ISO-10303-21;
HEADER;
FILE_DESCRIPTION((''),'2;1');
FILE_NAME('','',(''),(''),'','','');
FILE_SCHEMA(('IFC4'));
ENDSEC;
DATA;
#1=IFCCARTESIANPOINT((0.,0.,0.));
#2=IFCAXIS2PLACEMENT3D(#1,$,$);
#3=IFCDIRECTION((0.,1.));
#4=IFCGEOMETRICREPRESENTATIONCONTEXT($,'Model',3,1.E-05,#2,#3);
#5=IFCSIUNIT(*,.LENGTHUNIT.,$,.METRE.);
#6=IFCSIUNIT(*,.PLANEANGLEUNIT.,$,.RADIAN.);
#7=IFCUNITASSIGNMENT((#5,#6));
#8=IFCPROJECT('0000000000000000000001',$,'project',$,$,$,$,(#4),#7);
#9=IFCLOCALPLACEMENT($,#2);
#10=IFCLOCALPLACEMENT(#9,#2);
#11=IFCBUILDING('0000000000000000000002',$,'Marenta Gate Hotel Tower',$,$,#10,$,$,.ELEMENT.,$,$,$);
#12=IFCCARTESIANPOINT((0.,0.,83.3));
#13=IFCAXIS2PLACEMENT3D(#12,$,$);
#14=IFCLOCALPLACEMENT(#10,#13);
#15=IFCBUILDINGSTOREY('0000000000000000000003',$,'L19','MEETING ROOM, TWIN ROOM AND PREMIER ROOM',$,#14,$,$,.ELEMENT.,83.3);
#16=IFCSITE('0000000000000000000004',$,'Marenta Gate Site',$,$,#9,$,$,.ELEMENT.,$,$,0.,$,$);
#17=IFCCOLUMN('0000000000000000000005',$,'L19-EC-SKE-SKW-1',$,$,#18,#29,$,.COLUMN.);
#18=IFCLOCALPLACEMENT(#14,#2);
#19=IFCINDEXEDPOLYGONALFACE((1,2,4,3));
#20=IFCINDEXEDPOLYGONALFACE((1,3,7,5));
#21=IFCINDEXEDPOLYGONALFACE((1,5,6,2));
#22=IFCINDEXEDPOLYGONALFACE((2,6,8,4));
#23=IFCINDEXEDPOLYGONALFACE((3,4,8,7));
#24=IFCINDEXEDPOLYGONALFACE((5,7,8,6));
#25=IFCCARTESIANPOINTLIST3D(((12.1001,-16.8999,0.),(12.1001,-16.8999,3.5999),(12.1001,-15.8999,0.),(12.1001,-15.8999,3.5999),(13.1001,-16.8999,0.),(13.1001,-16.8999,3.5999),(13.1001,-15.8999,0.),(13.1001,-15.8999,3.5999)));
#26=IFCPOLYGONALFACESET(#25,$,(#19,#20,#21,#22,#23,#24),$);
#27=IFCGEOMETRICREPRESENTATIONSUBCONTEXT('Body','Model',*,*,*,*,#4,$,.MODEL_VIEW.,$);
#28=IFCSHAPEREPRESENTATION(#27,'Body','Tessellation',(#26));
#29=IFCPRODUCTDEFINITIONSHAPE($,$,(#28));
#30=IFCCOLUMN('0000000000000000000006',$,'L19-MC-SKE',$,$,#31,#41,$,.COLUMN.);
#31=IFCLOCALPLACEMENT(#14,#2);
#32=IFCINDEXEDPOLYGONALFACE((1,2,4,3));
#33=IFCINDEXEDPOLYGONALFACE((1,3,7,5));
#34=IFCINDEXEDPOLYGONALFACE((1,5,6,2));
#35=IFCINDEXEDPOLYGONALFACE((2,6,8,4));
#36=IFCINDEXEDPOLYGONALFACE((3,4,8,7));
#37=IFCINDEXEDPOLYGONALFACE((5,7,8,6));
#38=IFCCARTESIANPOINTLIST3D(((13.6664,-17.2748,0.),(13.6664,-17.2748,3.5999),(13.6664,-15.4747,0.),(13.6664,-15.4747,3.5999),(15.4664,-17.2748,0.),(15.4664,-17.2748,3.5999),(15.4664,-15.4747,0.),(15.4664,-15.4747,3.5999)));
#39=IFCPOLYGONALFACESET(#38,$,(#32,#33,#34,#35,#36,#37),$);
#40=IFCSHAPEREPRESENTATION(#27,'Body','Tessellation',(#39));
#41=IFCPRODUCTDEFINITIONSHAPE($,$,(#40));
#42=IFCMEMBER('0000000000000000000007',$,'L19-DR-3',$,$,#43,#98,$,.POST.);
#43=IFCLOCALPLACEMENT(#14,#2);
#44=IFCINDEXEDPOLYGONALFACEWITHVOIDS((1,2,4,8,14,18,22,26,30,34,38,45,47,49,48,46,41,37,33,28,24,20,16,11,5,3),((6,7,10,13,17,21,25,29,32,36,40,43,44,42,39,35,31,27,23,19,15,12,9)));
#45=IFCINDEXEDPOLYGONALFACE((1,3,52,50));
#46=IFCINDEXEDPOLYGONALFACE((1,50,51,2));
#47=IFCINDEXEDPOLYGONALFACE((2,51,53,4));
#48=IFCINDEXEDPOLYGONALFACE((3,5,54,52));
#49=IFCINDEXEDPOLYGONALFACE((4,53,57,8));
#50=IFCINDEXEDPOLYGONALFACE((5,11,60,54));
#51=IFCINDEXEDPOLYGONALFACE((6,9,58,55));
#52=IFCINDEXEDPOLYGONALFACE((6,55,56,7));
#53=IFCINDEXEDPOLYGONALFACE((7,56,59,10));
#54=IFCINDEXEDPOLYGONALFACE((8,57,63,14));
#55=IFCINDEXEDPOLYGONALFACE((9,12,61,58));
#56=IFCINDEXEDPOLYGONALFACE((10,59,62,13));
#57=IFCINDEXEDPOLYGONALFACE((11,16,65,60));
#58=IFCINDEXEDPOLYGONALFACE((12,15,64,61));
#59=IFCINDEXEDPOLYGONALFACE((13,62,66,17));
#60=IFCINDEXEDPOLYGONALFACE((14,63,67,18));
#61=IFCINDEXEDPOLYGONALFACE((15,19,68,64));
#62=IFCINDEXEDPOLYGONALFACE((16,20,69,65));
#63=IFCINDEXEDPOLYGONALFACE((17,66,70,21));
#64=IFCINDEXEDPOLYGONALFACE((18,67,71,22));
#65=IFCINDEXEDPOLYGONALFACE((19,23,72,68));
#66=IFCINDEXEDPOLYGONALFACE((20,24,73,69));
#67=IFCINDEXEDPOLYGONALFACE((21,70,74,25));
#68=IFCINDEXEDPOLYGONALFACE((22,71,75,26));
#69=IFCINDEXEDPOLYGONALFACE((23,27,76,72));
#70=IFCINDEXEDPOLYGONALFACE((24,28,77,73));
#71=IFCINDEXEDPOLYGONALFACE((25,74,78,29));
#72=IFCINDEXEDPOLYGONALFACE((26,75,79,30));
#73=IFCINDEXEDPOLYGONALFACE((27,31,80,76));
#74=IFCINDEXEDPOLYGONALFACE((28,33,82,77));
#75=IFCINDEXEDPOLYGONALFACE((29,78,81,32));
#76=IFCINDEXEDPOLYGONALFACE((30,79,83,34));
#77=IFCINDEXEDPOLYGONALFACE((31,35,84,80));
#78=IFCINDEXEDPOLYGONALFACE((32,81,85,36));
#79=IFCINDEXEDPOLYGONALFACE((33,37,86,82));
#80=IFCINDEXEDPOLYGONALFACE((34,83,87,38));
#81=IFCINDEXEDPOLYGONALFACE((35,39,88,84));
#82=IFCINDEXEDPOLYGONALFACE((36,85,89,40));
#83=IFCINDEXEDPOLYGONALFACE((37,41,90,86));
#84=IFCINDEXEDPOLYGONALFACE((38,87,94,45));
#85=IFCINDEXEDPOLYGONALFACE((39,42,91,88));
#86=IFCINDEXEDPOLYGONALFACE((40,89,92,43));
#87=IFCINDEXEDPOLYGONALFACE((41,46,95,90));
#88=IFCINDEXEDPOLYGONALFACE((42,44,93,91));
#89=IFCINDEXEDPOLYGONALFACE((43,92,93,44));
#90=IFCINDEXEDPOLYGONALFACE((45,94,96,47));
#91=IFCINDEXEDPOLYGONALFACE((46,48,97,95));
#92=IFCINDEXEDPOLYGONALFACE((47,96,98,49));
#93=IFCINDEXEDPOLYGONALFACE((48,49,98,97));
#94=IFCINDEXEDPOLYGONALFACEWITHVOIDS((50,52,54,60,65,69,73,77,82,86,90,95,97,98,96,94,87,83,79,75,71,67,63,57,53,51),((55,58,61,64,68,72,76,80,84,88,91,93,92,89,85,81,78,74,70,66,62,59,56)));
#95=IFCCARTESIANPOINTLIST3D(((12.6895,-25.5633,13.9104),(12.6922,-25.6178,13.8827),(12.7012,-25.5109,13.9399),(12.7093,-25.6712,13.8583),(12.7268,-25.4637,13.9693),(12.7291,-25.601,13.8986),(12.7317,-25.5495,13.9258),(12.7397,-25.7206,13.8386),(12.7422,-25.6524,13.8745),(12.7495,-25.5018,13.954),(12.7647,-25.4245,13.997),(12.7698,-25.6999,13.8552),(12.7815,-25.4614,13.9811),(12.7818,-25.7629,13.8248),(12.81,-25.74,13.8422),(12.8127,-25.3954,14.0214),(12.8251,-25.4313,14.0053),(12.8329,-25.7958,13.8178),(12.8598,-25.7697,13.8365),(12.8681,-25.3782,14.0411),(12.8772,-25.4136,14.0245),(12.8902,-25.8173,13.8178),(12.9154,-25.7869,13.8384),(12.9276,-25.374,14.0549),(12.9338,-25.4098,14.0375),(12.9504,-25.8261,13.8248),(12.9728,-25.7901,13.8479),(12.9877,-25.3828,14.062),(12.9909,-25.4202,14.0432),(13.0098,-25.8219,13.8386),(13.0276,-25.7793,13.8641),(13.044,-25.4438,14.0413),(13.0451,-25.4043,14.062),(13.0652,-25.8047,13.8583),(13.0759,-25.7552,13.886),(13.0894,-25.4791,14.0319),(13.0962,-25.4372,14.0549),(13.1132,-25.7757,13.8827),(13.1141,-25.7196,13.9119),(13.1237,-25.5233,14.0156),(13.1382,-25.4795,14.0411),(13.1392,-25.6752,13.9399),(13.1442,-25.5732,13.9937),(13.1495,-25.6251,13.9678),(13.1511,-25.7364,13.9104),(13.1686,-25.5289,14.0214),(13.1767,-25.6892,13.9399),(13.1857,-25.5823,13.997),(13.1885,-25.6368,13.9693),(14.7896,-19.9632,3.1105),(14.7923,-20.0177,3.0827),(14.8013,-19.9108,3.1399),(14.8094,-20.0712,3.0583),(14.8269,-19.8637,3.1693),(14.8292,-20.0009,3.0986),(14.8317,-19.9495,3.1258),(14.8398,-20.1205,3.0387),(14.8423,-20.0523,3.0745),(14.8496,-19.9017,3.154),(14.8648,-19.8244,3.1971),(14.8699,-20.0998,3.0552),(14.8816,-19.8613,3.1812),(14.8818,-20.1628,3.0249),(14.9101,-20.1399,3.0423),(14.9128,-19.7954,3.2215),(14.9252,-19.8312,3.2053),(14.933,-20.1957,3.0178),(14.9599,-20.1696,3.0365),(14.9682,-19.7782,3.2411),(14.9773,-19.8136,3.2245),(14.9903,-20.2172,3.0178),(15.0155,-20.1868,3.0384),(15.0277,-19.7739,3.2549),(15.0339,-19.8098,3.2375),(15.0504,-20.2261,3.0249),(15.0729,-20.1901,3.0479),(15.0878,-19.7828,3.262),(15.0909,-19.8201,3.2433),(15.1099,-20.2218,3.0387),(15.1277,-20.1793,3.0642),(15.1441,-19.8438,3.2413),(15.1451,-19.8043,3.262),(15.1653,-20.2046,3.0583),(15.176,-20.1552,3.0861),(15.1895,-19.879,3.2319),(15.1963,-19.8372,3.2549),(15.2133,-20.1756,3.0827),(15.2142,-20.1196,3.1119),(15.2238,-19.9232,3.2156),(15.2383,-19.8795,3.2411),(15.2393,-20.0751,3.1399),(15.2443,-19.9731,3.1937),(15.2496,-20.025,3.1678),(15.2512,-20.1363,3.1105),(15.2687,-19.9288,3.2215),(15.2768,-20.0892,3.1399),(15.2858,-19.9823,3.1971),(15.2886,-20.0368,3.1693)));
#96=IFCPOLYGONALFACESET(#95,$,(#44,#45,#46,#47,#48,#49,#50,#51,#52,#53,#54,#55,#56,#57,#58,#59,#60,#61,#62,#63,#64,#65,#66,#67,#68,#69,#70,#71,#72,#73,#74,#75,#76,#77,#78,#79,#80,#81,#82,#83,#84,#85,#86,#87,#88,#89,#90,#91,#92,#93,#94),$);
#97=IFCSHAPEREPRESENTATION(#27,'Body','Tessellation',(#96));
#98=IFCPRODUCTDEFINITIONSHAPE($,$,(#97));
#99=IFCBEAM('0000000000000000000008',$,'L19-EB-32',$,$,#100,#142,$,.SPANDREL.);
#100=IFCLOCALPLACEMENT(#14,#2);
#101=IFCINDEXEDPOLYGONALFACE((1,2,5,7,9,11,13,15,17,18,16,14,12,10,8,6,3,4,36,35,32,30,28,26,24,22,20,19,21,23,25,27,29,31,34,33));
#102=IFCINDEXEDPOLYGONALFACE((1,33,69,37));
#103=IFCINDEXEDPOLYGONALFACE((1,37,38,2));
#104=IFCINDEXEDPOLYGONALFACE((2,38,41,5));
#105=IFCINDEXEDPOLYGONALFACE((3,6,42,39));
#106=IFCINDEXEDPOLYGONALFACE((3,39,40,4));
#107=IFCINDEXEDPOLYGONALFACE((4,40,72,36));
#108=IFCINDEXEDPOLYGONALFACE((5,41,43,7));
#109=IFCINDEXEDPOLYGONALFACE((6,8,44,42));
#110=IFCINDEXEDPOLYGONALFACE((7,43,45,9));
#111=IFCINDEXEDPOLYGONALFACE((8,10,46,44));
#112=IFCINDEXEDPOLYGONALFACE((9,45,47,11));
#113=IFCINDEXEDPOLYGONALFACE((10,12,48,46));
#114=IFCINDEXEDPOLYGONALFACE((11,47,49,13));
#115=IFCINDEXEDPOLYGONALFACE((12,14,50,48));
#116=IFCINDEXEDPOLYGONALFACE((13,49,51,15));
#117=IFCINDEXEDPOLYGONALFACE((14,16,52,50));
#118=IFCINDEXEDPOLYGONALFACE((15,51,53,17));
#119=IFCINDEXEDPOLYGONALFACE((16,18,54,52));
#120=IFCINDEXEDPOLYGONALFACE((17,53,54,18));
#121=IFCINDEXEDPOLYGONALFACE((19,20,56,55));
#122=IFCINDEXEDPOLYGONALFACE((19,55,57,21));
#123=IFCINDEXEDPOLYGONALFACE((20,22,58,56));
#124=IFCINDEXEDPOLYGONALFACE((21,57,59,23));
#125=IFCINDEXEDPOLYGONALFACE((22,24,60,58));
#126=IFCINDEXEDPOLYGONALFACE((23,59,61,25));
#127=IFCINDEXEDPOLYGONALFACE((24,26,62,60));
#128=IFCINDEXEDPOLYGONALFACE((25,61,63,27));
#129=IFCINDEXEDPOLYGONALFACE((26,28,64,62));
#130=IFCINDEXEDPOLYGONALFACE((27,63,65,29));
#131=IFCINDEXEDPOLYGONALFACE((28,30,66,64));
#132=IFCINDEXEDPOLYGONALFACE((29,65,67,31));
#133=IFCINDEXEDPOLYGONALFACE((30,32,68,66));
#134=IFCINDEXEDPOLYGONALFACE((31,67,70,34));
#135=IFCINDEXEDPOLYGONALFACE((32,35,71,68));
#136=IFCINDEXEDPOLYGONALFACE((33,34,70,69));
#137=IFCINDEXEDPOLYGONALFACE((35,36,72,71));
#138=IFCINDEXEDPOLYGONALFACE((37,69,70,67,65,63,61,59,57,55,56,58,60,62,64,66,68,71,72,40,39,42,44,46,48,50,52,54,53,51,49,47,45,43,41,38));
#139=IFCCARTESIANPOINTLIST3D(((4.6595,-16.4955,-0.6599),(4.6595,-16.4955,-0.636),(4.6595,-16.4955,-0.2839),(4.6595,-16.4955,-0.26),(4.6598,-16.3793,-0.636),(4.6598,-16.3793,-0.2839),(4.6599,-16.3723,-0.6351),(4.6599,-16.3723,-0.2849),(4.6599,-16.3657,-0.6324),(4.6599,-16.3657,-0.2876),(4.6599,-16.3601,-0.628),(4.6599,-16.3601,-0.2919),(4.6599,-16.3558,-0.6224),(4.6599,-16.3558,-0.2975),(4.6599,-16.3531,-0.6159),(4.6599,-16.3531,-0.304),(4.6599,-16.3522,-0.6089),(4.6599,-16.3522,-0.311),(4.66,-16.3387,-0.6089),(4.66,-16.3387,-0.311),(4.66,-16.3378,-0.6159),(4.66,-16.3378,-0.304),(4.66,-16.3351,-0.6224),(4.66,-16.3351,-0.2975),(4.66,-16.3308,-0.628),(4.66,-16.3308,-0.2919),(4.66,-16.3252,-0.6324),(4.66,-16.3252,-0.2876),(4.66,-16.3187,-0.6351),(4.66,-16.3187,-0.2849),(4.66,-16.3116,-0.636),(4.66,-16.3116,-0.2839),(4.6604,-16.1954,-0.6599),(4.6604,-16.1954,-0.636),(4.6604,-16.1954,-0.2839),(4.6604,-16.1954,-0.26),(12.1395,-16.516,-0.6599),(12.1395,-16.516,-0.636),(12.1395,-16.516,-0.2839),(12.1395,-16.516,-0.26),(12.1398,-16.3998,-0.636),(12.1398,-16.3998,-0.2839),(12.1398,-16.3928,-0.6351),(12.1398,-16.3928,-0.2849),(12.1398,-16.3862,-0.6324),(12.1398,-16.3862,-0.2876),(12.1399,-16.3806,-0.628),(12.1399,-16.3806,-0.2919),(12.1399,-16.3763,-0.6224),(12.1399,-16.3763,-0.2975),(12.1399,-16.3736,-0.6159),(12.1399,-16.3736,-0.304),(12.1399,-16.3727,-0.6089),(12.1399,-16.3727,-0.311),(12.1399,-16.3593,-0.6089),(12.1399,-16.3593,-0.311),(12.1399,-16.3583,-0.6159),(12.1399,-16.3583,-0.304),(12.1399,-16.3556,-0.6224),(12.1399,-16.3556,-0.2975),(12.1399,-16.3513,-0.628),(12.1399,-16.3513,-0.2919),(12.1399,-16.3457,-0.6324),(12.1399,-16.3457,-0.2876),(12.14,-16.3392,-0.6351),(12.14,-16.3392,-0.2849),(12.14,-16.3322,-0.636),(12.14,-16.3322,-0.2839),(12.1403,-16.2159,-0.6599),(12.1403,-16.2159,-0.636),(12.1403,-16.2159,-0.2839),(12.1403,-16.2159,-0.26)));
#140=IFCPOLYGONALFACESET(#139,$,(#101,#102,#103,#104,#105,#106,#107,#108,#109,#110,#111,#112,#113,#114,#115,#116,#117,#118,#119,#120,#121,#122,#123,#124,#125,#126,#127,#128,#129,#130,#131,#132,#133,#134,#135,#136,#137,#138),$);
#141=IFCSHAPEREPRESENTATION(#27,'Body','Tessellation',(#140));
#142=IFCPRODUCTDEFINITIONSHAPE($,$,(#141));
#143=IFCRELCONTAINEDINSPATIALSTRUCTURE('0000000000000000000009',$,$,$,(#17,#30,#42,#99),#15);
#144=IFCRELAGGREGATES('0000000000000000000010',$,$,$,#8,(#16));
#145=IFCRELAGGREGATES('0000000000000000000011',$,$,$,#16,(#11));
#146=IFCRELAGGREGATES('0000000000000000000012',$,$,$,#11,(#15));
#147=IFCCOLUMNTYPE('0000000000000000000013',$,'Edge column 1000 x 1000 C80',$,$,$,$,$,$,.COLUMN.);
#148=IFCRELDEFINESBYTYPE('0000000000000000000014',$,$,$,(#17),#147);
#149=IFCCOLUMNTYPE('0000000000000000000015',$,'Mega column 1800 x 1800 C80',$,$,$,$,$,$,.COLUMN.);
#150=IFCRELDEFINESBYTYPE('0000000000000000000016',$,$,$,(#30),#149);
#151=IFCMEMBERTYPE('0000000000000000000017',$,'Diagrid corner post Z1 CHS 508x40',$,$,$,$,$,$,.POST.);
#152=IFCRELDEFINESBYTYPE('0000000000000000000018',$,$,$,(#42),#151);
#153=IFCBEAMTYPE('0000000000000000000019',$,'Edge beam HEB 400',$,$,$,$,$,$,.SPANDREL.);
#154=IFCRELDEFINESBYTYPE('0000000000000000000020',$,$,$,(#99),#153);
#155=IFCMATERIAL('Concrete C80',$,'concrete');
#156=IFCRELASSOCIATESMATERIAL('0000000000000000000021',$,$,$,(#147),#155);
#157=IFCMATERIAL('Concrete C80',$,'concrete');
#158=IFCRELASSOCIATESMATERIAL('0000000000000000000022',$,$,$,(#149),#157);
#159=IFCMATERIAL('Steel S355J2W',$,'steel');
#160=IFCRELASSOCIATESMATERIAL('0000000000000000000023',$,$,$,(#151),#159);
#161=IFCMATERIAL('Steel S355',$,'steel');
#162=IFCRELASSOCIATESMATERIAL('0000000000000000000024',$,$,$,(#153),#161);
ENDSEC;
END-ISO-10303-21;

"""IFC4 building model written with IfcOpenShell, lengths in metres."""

from ifc_helpers import new_model, si_unit, direction, frame, origin, origin_2d, place, context, subcontext, project, spatial, rectangle, hollow_circle, i_section, extrude, material, material_profile, profile_set, type_object, element, save


model = new_model("IFC4")

# Units and contexts
model_context = context("Model", 3, precision=1e-05, world=origin(), true_north=direction((0.0, 1.0)))
body_context = subcontext(model_context, "Body", "Model", "MODEL_VIEW")
ifc_project = project(units=[si_unit("LENGTHUNIT", "METRE"), si_unit("PLANEANGLEUNIT", "RADIAN")], contexts=[model_context])

# Site, building, storey
site_placement = place(None, origin())
site = spatial("IfcSite", under=ifc_project, at=site_placement, Name="Marenta Gate Site", CompositionType="ELEMENT", RefElevation=0.0)
building_placement = place(site_placement, origin())
building = spatial("IfcBuilding", under=site, at=building_placement, Name="Marenta Gate Hotel Tower", CompositionType="ELEMENT")
storey_placement = place(building_placement, frame((0.0, 0.0, 83.3)))
storey = spatial("IfcBuildingStorey", under=building, at=storey_placement, Name="L19", Description="MEETING ROOM, TWIN ROOM AND PREMIER ROOM", CompositionType="ELEMENT", Elevation=83.3)

# Columns
ifc_material_1 = material(Name="Concrete C80", Category="concrete")
ifc_material_profile_1 = material_profile(ifc_material_1, rectangle(XDim=1.0, YDim=1.0, at=origin_2d()), Name="1000 x 1000")
ifc_profile_set_1 = profile_set([ifc_material_profile_1], Name="Concrete C80")
column_type_1 = type_object("IfcColumnType", Name="Edge column 1000 x 1000 C80", PredefinedType="COLUMN", material=ifc_profile_set_1)
column_1_placement = place(storey_placement, frame((12.6001, -16.3999, 0.0), z_axis=(0.0, 0.0, 1.0), x_axis=(1.0, 0.0, 0.0)))
element("IfcColumn", 1, at=column_1_placement, inside=storey, type_object=column_type_1, Name="L19-EC-SKE-SKW-1", PredefinedType="COLUMN", context=body_context, shape_type="SweptSolid", body=[
    extrude(rectangle(XDim=1.0, YDim=1.0, at=origin_2d()), origin(), (0.0, 0.0, 1.0), 3.5999),
])
ifc_material_2 = material(Name="Concrete C80", Category="concrete")
ifc_material_profile_2 = material_profile(ifc_material_2, rectangle(XDim=1.8, YDim=1.8, at=origin_2d()), Name="1800 x 1800")
ifc_profile_set_2 = profile_set([ifc_material_profile_2], Name="Concrete C80")
column_type_2 = type_object("IfcColumnType", Name="Mega column 1800 x 1800 C80", PredefinedType="COLUMN", material=ifc_profile_set_2)
column_2_placement = place(storey_placement, frame((14.5664, -16.3748, 0.0), z_axis=(0.0, 0.0, 1.0), x_axis=(1.0, 0.0, 0.0)))
element("IfcColumn", 2, at=column_2_placement, inside=storey, type_object=column_type_2, Name="L19-MC-SKE", PredefinedType="COLUMN", context=body_context, shape_type="SweptSolid", body=[
    extrude(rectangle(XDim=1.8, YDim=1.8, at=origin_2d()), origin(), (0.0, 0.0, 1.0), 3.5999),
])

# Member
ifc_material_3 = material(Name="Steel S355J2W", Category="steel")
ifc_material_profile_3 = material_profile(ifc_material_3, hollow_circle(Radius=0.2539, WallThickness=0.04, at=origin_2d()), Name="CHS 508x40")
ifc_profile_set_3 = profile_set([ifc_material_profile_3], Name="Steel S355J2W")
member_type_1 = type_object("IfcMemberType", Name="Diagrid corner post Z1 CHS 508x40", PredefinedType="POST", material=ifc_profile_set_3)
member_1_placement = place(storey_placement, frame((15.0391, -20.0, 3.1399), z_axis=(-0.17011, -0.453613, 0.874813), x_axis=(0.936326, -0.351132, 0.0)))
element("IfcMember", 3, at=member_1_placement, inside=storey, type_object=member_type_1, Name="L19-DR-3", PredefinedType="POST", context=body_context, shape_type="SweptSolid", body=[
    extrude(hollow_circle(Radius=0.2539, WallThickness=0.04, at=origin_2d()), origin(), (0.0, 0.0, 1.0), 12.3455),
])

# Beam
ifc_material_4 = material(Name="Steel S355", Category="steel")
ifc_material_profile_4 = material_profile(ifc_material_4, i_section(OverallWidth=0.3, OverallDepth=0.3999, WebThickness=0.0134, FlangeThickness=0.0239, FilletRadius=0.0271, at=origin_2d()), Name="HEB 400")
ifc_profile_set_4 = profile_set([ifc_material_profile_4], Name="Steel S355")
beam_type = type_object("IfcBeamType", Name="Edge beam HEB 400", PredefinedType="SPANDREL", material=ifc_profile_set_4)
beam_placement = place(storey_placement, frame((12.1399, -16.366, -0.46), z_axis=(-0.999996, 0.002742, 0.0), x_axis=(-0.002742, -0.999996, 0.0)))
element("IfcBeam", 4, at=beam_placement, inside=storey, type_object=beam_type, Name="L19-EB-32", PredefinedType="SPANDREL", context=body_context, shape_type="SweptSolid", body=[
    extrude(i_section(OverallWidth=0.3, OverallDepth=0.3999, WebThickness=0.0134, FlangeThickness=0.0239, FilletRadius=0.0271, at=origin_2d()), origin(), (0.0, 0.0, 1.0), 7.48),
])

save(model, "model.ifc")
